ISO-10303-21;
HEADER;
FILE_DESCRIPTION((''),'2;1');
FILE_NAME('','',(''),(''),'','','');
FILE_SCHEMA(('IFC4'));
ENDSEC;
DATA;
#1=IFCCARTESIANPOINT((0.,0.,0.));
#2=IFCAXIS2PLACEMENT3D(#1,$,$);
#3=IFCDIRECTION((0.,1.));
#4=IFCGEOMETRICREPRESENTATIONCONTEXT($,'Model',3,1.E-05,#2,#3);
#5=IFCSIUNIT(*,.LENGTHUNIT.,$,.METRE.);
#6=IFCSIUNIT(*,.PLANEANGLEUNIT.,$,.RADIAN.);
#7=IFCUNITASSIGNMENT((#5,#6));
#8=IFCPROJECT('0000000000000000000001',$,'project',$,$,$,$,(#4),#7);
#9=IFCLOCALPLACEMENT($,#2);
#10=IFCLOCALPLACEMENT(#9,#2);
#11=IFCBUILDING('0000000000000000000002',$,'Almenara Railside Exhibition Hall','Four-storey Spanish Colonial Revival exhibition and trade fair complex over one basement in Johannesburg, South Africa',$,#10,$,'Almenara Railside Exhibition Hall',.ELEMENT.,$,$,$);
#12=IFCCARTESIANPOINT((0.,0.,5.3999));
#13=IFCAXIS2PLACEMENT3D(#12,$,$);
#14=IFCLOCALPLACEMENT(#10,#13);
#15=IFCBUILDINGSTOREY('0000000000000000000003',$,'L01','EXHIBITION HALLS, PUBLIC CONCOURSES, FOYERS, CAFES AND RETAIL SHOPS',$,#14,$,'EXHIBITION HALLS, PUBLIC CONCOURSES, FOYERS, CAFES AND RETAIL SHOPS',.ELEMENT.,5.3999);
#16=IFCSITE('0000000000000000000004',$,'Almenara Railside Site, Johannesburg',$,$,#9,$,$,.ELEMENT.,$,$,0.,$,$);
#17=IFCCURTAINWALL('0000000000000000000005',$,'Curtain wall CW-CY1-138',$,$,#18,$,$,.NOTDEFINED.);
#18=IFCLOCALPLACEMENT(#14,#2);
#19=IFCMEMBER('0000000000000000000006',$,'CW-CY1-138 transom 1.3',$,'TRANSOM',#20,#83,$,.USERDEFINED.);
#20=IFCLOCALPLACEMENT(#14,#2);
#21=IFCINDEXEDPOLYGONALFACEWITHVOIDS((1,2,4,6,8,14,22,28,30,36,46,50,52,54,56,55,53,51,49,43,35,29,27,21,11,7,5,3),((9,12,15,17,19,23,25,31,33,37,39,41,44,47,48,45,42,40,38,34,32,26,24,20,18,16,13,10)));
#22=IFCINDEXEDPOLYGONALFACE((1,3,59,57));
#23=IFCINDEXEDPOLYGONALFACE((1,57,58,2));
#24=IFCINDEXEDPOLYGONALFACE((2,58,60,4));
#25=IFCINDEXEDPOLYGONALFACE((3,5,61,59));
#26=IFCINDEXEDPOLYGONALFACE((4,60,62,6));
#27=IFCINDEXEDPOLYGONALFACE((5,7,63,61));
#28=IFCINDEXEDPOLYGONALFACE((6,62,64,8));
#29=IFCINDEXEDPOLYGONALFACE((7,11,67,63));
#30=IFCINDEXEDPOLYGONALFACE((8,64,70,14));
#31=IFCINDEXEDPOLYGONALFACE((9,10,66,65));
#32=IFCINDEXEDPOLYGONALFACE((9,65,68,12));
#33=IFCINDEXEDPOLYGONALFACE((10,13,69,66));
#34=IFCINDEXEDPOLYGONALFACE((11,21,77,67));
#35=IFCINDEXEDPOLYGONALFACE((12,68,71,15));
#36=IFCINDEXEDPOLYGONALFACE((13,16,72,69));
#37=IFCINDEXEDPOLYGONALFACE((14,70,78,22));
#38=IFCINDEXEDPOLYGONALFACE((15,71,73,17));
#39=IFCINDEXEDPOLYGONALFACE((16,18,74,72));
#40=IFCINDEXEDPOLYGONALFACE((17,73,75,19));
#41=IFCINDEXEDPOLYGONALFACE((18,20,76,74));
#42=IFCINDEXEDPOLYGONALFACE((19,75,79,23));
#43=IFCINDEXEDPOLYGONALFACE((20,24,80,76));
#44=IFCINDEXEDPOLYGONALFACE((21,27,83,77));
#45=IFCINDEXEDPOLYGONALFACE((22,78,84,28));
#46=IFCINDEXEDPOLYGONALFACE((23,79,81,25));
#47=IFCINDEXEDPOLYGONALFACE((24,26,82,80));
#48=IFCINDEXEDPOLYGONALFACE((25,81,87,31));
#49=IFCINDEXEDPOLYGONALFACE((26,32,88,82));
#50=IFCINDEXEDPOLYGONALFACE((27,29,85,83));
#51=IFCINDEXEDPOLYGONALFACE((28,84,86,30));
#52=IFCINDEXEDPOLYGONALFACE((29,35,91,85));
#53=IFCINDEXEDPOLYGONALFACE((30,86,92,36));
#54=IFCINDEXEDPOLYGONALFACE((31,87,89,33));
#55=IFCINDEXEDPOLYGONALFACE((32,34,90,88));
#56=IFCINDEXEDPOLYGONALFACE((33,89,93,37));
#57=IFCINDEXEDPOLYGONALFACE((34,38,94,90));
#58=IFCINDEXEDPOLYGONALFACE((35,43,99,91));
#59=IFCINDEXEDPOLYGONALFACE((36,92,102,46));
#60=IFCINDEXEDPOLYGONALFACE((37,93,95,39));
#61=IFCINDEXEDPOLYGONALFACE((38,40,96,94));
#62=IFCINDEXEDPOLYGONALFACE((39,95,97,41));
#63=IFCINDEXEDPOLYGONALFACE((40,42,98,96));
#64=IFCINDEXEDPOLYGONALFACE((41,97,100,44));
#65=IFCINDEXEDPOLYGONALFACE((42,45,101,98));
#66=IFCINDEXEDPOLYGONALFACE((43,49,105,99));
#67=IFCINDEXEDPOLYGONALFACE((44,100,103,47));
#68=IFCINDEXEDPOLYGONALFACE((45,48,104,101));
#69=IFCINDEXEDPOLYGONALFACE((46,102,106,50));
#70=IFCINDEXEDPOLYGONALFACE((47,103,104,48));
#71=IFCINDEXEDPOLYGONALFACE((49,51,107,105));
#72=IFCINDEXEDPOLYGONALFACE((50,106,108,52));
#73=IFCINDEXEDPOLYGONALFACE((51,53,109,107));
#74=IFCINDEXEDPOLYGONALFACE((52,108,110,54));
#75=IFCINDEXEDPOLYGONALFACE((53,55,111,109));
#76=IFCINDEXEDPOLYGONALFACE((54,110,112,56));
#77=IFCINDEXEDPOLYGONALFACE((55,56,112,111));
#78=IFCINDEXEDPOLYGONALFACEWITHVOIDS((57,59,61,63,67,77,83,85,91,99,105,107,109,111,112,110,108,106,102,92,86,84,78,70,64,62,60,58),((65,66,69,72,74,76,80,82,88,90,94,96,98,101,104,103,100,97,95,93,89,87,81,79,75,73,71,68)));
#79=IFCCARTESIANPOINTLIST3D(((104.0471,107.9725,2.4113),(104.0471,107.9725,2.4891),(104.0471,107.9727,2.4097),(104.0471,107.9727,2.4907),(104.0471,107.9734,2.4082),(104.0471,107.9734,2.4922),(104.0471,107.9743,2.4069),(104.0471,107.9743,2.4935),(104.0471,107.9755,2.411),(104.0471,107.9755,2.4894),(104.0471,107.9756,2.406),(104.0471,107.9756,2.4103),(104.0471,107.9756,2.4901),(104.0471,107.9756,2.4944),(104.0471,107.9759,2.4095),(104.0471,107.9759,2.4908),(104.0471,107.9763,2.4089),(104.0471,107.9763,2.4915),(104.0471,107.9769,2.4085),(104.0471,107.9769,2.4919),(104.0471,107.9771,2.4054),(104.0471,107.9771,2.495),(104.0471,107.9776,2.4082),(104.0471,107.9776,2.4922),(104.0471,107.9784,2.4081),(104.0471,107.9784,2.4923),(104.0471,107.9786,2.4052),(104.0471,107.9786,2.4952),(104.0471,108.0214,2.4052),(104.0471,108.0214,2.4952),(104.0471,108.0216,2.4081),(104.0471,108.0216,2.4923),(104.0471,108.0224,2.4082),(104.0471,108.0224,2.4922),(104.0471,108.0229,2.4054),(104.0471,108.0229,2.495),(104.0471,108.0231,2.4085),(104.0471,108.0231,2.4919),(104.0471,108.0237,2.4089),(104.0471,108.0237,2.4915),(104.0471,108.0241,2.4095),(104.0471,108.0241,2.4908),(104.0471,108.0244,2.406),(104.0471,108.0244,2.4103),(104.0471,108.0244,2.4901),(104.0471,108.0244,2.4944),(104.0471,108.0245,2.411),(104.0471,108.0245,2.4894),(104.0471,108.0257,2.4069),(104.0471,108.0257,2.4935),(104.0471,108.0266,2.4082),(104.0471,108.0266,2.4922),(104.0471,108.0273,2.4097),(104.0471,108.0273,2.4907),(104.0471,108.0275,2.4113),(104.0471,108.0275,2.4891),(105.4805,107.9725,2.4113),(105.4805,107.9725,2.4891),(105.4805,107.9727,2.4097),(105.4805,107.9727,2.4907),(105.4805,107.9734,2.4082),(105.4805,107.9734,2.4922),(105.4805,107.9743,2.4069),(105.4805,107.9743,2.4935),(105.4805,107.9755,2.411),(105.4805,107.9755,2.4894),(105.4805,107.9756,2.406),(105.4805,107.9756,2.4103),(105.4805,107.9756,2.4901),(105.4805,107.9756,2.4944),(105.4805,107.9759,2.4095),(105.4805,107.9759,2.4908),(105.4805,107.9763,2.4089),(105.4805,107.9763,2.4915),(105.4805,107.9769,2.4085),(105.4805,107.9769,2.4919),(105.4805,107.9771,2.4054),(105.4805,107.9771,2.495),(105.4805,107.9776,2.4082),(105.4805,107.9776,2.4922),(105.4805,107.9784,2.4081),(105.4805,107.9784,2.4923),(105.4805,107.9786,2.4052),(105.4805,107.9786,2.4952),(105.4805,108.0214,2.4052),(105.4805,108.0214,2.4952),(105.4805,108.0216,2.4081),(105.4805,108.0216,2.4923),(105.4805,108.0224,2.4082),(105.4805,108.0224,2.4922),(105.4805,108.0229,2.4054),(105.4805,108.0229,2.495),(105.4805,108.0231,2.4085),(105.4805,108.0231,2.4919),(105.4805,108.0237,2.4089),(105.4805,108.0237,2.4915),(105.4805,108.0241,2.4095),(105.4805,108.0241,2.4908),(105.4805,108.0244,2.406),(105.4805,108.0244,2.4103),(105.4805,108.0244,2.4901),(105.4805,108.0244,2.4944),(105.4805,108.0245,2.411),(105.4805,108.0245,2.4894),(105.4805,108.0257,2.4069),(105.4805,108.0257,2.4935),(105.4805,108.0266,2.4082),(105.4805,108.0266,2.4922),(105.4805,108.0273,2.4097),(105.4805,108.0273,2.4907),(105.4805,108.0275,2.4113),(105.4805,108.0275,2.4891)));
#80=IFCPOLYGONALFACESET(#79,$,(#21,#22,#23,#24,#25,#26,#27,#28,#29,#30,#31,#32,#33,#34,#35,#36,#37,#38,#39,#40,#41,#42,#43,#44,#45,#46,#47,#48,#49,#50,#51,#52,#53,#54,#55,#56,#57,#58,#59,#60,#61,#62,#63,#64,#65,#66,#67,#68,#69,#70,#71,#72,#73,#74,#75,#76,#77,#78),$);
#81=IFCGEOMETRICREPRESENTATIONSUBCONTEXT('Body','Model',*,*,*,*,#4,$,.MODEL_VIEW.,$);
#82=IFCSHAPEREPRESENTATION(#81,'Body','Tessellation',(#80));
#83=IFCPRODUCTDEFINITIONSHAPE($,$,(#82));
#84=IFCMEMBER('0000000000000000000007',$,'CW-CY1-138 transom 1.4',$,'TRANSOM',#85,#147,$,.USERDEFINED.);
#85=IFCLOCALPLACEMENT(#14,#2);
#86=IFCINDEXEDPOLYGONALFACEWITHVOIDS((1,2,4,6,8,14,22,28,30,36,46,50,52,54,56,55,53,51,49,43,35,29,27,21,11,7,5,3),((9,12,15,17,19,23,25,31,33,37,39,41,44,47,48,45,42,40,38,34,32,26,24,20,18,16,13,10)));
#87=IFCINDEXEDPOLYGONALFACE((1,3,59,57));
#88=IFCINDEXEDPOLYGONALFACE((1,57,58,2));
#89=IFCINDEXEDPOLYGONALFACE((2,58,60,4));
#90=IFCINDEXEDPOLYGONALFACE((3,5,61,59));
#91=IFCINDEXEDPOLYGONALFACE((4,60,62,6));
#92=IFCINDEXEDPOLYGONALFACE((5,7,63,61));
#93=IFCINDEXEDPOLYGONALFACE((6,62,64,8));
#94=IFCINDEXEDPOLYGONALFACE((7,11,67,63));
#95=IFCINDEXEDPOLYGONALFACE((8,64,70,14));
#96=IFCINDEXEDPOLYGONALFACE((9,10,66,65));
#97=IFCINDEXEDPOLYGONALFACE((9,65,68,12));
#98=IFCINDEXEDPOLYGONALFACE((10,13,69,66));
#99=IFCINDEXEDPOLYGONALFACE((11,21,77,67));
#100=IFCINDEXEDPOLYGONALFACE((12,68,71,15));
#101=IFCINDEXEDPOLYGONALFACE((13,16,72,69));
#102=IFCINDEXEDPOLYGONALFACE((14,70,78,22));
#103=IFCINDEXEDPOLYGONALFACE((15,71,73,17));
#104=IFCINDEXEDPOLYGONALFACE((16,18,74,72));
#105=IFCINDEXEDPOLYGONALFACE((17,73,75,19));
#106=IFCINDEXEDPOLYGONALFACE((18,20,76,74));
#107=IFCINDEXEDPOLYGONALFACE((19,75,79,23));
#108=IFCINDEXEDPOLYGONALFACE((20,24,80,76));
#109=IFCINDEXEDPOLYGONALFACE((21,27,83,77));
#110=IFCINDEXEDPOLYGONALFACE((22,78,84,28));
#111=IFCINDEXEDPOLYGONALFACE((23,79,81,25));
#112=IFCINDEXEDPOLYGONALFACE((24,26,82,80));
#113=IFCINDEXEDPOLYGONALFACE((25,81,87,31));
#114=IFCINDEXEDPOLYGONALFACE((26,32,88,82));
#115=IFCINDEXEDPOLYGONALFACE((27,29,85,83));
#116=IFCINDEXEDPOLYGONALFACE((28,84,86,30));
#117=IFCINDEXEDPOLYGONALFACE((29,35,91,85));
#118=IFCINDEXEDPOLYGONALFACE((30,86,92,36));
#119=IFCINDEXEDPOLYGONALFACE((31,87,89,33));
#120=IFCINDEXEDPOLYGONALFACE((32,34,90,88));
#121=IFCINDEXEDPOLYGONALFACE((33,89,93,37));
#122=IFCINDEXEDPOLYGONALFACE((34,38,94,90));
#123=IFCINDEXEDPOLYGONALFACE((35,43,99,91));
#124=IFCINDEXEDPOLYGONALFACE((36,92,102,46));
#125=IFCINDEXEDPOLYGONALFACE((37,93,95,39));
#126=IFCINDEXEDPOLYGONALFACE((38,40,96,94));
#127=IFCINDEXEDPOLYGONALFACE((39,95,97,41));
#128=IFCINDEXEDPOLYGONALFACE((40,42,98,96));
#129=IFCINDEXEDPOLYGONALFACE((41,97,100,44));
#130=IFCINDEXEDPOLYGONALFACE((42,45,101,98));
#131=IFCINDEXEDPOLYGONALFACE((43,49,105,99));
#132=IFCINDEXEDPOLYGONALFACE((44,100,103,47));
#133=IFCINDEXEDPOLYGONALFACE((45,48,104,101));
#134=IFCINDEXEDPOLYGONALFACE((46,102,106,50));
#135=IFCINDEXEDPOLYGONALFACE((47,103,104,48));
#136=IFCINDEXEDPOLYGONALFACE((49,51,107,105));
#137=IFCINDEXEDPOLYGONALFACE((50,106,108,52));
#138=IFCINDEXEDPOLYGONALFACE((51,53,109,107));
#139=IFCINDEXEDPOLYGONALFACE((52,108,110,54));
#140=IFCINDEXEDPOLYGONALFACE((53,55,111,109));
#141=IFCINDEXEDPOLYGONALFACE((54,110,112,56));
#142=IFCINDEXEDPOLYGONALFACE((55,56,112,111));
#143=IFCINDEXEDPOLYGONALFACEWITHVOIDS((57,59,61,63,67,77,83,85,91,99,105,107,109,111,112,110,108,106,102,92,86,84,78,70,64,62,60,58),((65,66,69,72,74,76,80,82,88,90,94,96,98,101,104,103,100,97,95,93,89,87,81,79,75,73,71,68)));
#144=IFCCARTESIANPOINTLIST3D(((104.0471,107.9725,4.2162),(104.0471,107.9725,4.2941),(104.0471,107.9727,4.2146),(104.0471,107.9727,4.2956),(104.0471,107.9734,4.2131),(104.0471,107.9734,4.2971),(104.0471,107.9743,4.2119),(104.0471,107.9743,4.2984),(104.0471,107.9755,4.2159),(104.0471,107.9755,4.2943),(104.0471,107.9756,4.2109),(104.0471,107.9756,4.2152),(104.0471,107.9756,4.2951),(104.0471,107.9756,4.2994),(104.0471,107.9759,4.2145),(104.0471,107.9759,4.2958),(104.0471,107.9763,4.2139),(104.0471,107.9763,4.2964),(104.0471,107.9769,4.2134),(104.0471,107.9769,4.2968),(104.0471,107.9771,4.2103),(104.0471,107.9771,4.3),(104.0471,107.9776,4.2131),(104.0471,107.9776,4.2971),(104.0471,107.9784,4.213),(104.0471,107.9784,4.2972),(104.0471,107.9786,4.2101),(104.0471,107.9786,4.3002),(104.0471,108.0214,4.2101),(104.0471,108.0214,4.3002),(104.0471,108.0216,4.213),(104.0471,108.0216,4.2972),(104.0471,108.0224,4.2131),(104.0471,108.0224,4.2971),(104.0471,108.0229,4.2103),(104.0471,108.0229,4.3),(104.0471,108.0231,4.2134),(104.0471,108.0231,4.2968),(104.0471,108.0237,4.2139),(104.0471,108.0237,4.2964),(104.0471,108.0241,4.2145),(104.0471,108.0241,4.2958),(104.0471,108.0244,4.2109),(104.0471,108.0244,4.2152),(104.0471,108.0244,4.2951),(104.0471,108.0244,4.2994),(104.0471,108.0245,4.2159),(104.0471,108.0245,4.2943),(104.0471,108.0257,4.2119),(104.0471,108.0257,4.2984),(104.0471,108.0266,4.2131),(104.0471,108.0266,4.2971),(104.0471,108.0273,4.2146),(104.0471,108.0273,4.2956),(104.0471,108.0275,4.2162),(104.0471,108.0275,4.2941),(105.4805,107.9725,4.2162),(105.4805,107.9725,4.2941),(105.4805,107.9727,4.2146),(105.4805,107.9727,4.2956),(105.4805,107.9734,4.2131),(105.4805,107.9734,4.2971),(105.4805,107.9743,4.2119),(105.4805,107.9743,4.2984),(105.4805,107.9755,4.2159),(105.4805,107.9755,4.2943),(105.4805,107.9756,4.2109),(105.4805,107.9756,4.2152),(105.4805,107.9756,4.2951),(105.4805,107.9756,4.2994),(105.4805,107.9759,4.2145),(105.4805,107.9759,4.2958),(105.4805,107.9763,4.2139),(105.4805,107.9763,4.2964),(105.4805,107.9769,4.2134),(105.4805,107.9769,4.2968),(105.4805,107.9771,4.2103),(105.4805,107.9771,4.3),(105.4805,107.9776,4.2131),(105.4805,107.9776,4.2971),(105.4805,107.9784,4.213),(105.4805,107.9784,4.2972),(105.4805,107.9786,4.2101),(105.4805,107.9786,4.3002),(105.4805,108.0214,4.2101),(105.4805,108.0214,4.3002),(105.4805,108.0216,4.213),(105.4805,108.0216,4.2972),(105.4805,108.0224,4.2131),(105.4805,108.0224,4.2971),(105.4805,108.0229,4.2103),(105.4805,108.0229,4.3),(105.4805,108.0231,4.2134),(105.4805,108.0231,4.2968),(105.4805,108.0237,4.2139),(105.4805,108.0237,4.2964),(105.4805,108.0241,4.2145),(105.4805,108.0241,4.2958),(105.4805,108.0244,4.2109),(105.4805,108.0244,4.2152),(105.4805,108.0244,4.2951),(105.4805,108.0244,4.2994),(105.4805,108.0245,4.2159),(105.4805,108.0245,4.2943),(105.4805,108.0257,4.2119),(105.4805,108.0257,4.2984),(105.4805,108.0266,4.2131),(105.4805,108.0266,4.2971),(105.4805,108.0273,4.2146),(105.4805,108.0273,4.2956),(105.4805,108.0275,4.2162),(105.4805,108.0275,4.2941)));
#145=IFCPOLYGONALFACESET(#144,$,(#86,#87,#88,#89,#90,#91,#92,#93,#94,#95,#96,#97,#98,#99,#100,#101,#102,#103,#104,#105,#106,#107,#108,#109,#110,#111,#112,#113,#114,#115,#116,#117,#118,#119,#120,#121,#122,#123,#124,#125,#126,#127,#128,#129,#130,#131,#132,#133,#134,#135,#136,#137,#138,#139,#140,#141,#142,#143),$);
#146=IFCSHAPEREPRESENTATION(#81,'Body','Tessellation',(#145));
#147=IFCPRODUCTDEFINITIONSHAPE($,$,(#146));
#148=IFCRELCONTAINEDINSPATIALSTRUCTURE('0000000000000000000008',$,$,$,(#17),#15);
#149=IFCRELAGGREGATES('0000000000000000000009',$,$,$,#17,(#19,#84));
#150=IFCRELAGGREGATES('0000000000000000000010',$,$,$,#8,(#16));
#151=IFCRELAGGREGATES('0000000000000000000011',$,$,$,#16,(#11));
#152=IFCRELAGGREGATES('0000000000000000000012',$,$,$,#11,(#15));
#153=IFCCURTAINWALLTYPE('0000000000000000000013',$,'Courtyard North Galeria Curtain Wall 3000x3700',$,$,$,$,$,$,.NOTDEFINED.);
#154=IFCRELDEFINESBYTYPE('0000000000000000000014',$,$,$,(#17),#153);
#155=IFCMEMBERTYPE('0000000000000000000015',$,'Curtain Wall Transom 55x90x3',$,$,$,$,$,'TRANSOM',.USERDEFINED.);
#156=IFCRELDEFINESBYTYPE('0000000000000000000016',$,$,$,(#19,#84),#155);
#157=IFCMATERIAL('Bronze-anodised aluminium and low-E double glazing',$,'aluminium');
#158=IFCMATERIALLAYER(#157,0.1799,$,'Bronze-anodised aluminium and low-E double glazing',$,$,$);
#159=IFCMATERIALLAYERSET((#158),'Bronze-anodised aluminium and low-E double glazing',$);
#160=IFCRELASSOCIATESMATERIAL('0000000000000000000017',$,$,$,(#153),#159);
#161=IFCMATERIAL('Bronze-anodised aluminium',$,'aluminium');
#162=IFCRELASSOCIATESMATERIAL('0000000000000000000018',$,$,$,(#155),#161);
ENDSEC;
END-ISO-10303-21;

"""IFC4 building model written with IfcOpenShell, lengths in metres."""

from ifc_helpers import new_model, si_unit, direction, frame, origin, origin_2d, place, context, subcontext, project, spatial, hollow_rectangle, extrude, material, layer, layer_set, material_profile, profile_set, type_object, element, aggregate, save


model = new_model("IFC4")

# Units and contexts
model_context = context("Model", 3, precision=1e-05, world=origin(), true_north=direction((0.0, 1.0)))
body_context = subcontext(model_context, "Body", "Model", "MODEL_VIEW")
ifc_project = project(units=[si_unit("LENGTHUNIT", "METRE"), si_unit("PLANEANGLEUNIT", "RADIAN")], contexts=[model_context])

# Site, building, storey
site_placement = place(None, origin())
site = spatial("IfcSite", under=ifc_project, at=site_placement, Name="Almenara Railside Site, Johannesburg", CompositionType="ELEMENT", RefElevation=0.0)
building_placement = place(site_placement, origin())
building = spatial("IfcBuilding", under=site, at=building_placement, Name="Almenara Railside Exhibition Hall", Description="Four-storey Spanish Colonial Revival exhibition and trade fair complex over one basement in Johannesburg, South Africa", LongName="Almenara Railside Exhibition Hall", CompositionType="ELEMENT")
storey_placement = place(building_placement, frame((0.0, 0.0, 5.3999)))
storey = spatial("IfcBuildingStorey", under=building, at=storey_placement, Name="L01", Description="EXHIBITION HALLS, PUBLIC CONCOURSES, FOYERS, CAFES AND RETAIL SHOPS", LongName="EXHIBITION HALLS, PUBLIC CONCOURSES, FOYERS, CAFES AND RETAIL SHOPS", CompositionType="ELEMENT", Elevation=5.3999)

# Curtain wall
ifc_material_1 = material(Name="Bronze-anodised aluminium and low-E double glazing", Category="aluminium")
ifc_layer_1 = layer(ifc_material_1, 0.1799, Name="Bronze-anodised aluminium and low-E double glazing")
ifc_layer_set_1 = layer_set([ifc_layer_1], Name="Bronze-anodised aluminium and low-E double glazing")
curtain_wall_type = type_object("IfcCurtainWallType", Name="Courtyard North Galeria Curtain Wall 3000x3700", PredefinedType="NOTDEFINED", material=ifc_layer_set_1)
curtain_wall_1_placement = place(storey_placement, origin())
curtain_wall_1 = element("IfcCurtainWall", 1, at=curtain_wall_1_placement, inside=storey, type_object=curtain_wall_type, Name="Curtain wall CW-CY1-138", PredefinedType="NOTDEFINED")
ifc_material_2 = material(Name="Bronze-anodised aluminium", Category="aluminium")

# Members
ifc_material_profile_1 = material_profile(ifc_material_2, hollow_rectangle(XDim=0.0549, YDim=0.0901, WallThickness=0.0029, InnerFilletRadius=0.0029, OuterFilletRadius=0.0061, at=origin_2d()), Name="ALU-TRN 55x90x3")
ifc_profile_set_1 = profile_set([ifc_material_profile_1], Name="Bronze-anodised aluminium")
member_type_1 = type_object("IfcMemberType", Name="Curtain Wall Transom 55x90x3", ElementType="TRANSOM", PredefinedType="USERDEFINED", material=ifc_profile_set_1)
member_1_placement = place(storey_placement, frame((104.0471, 108.0, 2.4502), z_axis=(1.0, 0.0, 0.0), x_axis=(0.0, 1.0, 0.0)))
member_1 = element("IfcMember", 2, at=member_1_placement, type_object=member_type_1, Name="CW-CY1-138 transom 1.3", ObjectType="TRANSOM", PredefinedType="USERDEFINED", context=body_context, shape_type="SweptSolid", body=[
    extrude(hollow_rectangle(XDim=0.0549, YDim=0.0901, WallThickness=0.0029, InnerFilletRadius=0.0029, OuterFilletRadius=0.0061, at=origin_2d()), origin(), (0.0, 0.0, 1.0), 1.4333),
])
member_2_placement = place(storey_placement, frame((104.0471, 108.0, 4.2551), z_axis=(1.0, 0.0, 0.0), x_axis=(0.0, 1.0, 0.0)))
member_2 = element("IfcMember", 3, at=member_2_placement, type_object=member_type_1, Name="CW-CY1-138 transom 1.4", ObjectType="TRANSOM", PredefinedType="USERDEFINED", context=body_context, shape_type="SweptSolid", body=[
    extrude(hollow_rectangle(XDim=0.0549, YDim=0.0901, WallThickness=0.0029, InnerFilletRadius=0.0029, OuterFilletRadius=0.0061, at=origin_2d()), origin(), (0.0, 0.0, 1.0), 1.4333),
])

aggregate(curtain_wall_1, [member_1, member_2])

save(model, "model.ifc")
